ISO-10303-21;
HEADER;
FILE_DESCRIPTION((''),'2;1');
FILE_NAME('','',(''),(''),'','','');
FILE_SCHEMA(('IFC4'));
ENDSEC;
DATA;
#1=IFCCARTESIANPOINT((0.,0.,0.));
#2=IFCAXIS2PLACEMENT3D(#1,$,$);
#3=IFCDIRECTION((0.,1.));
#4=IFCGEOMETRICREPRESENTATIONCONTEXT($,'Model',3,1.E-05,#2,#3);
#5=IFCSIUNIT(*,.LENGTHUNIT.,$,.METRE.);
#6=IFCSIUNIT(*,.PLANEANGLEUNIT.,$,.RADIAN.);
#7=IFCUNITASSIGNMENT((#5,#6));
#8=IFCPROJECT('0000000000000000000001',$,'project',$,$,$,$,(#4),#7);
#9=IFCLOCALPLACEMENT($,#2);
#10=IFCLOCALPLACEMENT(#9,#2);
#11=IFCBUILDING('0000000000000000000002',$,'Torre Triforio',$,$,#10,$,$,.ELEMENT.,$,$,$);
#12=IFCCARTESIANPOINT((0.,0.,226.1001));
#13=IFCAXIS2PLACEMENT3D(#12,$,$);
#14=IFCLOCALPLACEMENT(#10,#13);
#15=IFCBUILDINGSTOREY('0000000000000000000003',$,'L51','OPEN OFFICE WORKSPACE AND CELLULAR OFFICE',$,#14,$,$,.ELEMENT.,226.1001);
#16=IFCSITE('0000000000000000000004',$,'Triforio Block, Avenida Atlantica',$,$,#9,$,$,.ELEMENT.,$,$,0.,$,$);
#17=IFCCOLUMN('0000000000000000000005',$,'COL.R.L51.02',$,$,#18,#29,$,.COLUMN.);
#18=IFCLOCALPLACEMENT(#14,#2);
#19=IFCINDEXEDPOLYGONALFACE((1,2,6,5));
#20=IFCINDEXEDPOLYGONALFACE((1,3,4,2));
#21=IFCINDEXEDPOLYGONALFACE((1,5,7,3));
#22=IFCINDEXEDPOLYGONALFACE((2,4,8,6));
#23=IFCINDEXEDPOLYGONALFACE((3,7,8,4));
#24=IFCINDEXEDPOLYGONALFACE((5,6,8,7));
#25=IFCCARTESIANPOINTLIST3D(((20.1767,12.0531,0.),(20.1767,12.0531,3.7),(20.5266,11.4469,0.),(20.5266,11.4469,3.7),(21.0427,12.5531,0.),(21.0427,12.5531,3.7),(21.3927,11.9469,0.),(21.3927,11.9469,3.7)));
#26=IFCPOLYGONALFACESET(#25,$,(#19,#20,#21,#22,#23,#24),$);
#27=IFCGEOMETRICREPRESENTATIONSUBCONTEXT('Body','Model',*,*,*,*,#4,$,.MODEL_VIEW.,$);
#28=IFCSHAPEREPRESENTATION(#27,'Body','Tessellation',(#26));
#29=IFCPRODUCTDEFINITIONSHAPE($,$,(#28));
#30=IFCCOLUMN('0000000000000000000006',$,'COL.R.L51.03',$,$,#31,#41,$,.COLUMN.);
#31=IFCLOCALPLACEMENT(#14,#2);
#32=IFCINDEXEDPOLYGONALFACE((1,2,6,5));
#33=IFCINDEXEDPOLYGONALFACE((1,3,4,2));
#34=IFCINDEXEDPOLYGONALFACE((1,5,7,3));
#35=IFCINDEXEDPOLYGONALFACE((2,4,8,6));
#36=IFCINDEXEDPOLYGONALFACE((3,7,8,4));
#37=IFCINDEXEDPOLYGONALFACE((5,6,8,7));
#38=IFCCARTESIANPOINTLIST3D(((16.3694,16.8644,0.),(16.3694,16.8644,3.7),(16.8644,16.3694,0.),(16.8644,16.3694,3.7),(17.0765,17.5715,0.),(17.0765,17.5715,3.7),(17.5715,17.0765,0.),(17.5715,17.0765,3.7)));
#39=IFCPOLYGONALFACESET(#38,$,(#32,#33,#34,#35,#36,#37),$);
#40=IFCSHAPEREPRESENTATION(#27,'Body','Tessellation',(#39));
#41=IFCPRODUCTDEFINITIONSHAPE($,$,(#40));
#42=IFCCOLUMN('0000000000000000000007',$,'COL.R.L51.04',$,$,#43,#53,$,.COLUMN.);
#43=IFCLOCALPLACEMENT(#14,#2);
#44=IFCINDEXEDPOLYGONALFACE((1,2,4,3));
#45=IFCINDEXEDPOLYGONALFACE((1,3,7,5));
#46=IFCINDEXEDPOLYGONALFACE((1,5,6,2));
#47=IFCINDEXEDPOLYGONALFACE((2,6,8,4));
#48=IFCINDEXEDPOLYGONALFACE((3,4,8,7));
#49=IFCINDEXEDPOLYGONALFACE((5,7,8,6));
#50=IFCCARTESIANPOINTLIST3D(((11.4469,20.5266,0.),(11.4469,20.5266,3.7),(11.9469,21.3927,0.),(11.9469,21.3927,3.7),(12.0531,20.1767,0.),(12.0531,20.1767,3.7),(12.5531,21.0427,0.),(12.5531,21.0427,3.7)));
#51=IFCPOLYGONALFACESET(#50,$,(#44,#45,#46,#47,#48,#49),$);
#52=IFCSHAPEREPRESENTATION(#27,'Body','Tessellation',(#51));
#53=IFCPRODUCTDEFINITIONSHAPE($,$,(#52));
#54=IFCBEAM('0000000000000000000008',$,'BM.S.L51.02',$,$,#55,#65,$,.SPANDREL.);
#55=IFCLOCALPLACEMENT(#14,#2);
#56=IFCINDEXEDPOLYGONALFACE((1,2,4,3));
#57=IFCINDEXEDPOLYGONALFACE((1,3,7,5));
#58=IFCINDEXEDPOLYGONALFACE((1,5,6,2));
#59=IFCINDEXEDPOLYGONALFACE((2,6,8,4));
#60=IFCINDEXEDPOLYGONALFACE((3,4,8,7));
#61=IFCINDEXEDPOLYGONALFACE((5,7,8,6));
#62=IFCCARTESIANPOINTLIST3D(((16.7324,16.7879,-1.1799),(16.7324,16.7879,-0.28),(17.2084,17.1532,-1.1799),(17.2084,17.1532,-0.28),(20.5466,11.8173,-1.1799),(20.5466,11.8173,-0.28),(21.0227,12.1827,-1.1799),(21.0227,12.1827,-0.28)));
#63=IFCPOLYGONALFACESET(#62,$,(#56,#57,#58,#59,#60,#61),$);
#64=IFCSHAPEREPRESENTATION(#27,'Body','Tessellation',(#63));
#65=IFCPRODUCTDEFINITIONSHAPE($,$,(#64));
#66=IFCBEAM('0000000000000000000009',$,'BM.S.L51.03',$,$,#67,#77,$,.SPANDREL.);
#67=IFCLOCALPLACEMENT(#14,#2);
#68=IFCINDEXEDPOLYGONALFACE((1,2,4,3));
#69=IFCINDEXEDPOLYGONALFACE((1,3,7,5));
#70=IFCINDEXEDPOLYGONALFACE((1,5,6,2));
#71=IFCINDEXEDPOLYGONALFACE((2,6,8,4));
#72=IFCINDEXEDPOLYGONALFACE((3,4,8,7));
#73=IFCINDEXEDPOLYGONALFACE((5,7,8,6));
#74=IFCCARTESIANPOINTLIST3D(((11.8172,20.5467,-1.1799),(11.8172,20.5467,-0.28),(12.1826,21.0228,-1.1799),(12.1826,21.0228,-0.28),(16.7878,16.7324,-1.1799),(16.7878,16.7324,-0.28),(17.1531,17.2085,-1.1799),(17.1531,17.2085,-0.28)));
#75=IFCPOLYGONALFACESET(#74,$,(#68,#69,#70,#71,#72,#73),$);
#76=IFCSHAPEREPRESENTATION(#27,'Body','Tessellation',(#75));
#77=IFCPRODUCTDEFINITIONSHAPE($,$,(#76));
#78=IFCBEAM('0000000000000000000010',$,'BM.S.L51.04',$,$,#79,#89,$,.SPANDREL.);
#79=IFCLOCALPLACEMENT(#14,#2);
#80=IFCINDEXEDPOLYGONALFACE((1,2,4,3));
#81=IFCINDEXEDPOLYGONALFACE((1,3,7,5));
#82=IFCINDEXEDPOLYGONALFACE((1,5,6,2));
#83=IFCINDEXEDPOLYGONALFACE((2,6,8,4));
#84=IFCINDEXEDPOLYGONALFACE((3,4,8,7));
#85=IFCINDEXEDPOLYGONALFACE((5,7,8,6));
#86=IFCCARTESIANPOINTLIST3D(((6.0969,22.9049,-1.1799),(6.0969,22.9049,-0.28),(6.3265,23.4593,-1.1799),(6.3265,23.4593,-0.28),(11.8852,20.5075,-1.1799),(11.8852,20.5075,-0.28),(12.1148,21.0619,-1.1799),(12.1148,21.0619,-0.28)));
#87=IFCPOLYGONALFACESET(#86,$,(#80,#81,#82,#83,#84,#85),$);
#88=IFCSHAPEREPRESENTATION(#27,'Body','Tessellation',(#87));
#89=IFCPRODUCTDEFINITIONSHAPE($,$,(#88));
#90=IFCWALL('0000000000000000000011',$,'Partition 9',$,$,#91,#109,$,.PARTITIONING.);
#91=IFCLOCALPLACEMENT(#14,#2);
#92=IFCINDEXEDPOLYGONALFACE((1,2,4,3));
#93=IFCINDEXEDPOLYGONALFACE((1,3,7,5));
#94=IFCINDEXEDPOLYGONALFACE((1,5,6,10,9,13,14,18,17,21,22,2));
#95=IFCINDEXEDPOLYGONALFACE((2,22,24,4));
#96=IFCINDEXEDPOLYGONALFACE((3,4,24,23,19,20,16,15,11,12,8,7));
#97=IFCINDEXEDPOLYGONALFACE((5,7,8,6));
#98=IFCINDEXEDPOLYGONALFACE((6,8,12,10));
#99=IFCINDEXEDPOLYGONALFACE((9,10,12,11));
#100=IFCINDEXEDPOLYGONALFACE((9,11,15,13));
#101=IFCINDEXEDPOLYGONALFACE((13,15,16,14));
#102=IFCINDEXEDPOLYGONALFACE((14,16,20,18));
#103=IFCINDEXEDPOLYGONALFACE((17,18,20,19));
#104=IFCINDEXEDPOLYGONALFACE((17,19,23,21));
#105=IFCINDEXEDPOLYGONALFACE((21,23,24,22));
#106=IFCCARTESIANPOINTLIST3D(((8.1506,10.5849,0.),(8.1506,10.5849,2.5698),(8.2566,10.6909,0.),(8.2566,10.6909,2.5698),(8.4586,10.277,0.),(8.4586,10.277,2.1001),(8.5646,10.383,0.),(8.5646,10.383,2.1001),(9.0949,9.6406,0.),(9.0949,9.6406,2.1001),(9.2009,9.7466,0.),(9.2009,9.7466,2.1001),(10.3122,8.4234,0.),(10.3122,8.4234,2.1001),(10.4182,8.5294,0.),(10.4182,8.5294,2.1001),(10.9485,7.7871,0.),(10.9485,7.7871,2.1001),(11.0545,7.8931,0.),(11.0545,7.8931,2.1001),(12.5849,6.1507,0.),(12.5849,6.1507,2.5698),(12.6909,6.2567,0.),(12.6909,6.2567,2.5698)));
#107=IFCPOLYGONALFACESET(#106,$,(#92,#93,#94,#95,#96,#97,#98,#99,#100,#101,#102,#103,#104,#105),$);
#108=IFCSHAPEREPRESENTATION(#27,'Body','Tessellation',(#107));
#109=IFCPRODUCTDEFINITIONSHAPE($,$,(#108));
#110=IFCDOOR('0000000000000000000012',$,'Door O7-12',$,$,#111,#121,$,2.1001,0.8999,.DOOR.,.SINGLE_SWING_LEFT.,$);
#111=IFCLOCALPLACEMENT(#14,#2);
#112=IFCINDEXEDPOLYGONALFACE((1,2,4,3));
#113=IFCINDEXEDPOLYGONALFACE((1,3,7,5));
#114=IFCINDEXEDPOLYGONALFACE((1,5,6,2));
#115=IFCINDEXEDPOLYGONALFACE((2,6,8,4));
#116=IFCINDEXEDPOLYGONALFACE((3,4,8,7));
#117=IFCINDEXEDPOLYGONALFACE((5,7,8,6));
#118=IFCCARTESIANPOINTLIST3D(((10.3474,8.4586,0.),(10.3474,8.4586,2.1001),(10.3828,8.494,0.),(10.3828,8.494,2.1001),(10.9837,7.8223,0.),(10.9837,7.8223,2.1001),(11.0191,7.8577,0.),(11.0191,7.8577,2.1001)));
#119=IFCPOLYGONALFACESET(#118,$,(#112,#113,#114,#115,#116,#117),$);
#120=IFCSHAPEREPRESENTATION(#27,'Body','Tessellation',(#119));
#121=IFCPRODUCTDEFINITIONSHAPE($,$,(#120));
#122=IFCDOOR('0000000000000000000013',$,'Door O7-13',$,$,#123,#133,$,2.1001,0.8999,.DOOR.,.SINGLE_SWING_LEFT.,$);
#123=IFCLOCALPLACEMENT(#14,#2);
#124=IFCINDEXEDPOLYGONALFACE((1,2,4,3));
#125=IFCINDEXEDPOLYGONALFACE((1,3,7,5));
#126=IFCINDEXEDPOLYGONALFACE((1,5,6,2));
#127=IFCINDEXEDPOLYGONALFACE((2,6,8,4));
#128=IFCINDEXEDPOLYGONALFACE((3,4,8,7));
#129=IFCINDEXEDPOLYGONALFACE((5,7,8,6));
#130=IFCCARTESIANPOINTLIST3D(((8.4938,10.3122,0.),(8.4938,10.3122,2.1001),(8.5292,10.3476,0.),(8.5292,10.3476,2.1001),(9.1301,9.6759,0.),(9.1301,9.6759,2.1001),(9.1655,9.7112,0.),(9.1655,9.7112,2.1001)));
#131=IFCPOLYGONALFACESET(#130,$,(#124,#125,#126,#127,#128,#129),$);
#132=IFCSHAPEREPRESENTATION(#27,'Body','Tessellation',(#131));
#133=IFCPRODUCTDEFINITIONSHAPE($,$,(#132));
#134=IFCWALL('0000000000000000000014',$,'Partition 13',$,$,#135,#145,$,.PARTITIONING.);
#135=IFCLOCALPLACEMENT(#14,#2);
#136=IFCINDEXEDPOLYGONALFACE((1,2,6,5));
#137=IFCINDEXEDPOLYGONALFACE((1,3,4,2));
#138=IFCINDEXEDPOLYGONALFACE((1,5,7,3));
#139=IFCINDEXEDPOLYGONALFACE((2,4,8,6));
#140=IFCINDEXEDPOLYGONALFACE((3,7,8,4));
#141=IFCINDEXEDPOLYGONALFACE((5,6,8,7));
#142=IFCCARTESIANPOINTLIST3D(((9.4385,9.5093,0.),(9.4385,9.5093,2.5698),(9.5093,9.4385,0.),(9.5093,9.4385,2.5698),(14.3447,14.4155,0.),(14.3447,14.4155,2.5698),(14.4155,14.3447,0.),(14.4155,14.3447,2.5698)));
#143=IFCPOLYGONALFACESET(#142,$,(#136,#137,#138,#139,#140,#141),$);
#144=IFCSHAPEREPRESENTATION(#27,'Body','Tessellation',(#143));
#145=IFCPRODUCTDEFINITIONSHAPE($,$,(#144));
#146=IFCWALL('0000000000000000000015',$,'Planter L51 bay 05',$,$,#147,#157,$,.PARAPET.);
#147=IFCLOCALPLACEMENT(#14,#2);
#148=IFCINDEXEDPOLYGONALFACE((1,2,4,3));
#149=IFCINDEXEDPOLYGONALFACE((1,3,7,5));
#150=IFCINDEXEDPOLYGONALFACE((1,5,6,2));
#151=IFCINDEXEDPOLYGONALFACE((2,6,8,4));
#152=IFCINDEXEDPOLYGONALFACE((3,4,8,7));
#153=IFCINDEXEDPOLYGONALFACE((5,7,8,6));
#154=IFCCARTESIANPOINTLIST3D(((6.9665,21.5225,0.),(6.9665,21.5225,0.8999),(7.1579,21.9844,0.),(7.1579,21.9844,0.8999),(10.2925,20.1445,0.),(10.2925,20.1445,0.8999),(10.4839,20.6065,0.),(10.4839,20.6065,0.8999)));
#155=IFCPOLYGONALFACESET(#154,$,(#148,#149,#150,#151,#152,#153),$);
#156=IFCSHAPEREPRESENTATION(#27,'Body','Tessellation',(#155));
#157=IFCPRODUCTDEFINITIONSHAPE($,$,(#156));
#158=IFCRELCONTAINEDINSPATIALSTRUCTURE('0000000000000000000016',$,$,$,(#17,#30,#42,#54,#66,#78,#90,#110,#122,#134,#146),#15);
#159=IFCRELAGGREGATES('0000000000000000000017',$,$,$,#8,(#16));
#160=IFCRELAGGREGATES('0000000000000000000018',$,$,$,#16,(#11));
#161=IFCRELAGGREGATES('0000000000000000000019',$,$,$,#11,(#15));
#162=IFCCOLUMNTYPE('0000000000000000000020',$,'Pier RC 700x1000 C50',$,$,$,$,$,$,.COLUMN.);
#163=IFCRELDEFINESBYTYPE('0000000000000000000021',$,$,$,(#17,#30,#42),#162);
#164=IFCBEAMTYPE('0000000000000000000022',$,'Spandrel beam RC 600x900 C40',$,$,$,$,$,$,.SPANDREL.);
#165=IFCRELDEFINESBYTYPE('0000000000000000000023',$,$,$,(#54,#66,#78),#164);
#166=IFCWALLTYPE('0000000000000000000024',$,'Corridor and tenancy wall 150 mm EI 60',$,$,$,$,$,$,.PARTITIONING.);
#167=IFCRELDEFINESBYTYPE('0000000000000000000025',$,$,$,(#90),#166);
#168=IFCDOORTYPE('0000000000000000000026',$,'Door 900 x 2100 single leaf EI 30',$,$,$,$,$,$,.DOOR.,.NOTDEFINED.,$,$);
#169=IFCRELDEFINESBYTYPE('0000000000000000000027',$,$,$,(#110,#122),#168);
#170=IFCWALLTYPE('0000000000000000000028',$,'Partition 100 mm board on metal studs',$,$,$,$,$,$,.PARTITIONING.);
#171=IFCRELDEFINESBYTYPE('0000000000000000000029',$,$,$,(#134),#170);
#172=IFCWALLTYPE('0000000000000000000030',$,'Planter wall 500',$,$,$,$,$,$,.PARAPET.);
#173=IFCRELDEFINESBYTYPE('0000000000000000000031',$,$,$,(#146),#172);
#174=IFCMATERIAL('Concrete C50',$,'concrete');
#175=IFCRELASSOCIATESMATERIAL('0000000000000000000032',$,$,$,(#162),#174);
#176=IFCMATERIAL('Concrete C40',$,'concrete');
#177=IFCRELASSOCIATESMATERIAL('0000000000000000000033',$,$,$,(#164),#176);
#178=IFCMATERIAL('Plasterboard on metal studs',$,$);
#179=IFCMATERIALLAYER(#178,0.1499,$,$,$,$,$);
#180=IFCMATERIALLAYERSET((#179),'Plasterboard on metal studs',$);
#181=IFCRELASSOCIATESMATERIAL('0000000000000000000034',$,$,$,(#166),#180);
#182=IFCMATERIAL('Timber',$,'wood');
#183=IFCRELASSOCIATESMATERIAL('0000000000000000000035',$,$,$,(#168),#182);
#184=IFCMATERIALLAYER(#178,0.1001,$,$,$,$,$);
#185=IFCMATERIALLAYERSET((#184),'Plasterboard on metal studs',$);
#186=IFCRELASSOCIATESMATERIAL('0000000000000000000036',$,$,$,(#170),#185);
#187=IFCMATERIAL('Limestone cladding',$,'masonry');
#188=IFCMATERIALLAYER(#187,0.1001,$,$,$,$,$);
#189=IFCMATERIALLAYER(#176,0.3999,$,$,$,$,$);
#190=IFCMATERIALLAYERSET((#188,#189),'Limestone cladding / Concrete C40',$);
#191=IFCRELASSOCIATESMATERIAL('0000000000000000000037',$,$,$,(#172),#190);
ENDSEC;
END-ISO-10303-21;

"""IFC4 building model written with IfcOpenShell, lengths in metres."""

from ifc_helpers import new_model, si_unit, direction, frame, frame_2d, origin, origin_2d, place, context, subcontext, project, spatial, rectangle, extrude, material, layer, layer_set, material_profile, profile_set, type_object, element, fill, save


model = new_model("IFC4")

# Units and contexts
model_context = context("Model", 3, precision=1e-05, world=origin(), true_north=direction((0.0, 1.0)))
body_context = subcontext(model_context, "Body", "Model", "MODEL_VIEW")
ifc_project = project(units=[si_unit("LENGTHUNIT", "METRE"), si_unit("PLANEANGLEUNIT", "RADIAN")], contexts=[model_context])

# Site, building, storey
site_placement = place(None, origin())
site = spatial("IfcSite", under=ifc_project, at=site_placement, Name="Triforio Block, Avenida Atlantica", CompositionType="ELEMENT", RefElevation=0.0)
building_placement = place(site_placement, origin())
building = spatial("IfcBuilding", under=site, at=building_placement, Name="Torre Triforio", CompositionType="ELEMENT")
storey_placement = place(building_placement, frame((0.0, 0.0, 226.1001)))
storey = spatial("IfcBuildingStorey", under=building, at=storey_placement, Name="L51", Description="OPEN OFFICE WORKSPACE AND CELLULAR OFFICE", CompositionType="ELEMENT", Elevation=226.1001)

# Columns
ifc_material_1 = material(Name="Concrete C50", Category="concrete")
ifc_material_profile_1 = material_profile(ifc_material_1, rectangle(XDim=0.7, YDim=1.0, at=origin_2d()), Name="RC 700x1000")
ifc_profile_set_1 = profile_set([ifc_material_profile_1], Name="Concrete C50")
column_type = type_object("IfcColumnType", Name="Pier RC 700x1000 C50", PredefinedType="COLUMN", material=ifc_profile_set_1)
for number, where, z_axis, x_axis, name in (
    (1, (20.7847, 12.0, 0.0), (0.0, 0.0, 1.0), (-0.5, 0.866025, 0.0), "COL.R.L51.02"),
    (2, (16.9705, 16.9705, 0.0), (0.0, 0.0, 1.0), (-0.707107, 0.707107, 0.0), "COL.R.L51.03"),
    (3, (12.0, 20.7847, 0.0), (0.0, 0.0, 1.0), (-0.866025, 0.5, 0.0), "COL.R.L51.04"),
):
    element("IfcColumn", number, at=place(storey_placement, frame(where, z_axis=z_axis, x_axis=x_axis)), inside=storey, type_object=column_type, Name=name, PredefinedType="COLUMN", context=body_context, shape_type="SweptSolid", body=[
        extrude(rectangle(XDim=0.7, YDim=1.0, at=origin_2d()), origin(), (0.0, 0.0, 1.0), 3.7),
    ])

# Beams
ifc_material_2 = material(Name="Concrete C40", Category="concrete")
ifc_material_profile_2 = material_profile(ifc_material_2, rectangle(XDim=0.6001, YDim=0.8999, at=origin_2d()), Name="RC 600x900")
ifc_profile_set_2 = profile_set([ifc_material_profile_2], Name="Concrete C40")
beam_type = type_object("IfcBeamType", Name="Spandrel beam RC 600x900 C40", PredefinedType="SPANDREL", material=ifc_profile_set_2)
for number, where, z_axis, x_axis, name in (
    (4, (20.7847, 12.0, -0.73), (-0.608786, 0.793335, 0.0), (-0.793335, -0.608786, 0.0), "BM.S.L51.02"),
    (5, (16.9705, 16.9705, -0.73), (-0.793335, 0.608786, 0.0), (-0.608786, -0.793335, 0.0), "BM.S.L51.03"),
):
    element("IfcBeam", number, at=place(storey_placement, frame(where, z_axis=z_axis, x_axis=x_axis)), inside=storey, type_object=beam_type, Name=name, PredefinedType="SPANDREL", context=body_context, shape_type="SweptSolid", body=[
        extrude(rectangle(XDim=0.6001, YDim=0.8999, at=origin_2d()), origin(), (0.0, 0.0, 1.0), 6.2654),
    ])
beam_placement = place(storey_placement, frame((12.0, 20.7847, -0.73), z_axis=(-0.923888, 0.382664, 0.0), x_axis=(-0.382664, -0.923888, 0.0)))
element("IfcBeam", 6, at=beam_placement, inside=storey, type_object=beam_type, Name="BM.S.L51.04", PredefinedType="SPANDREL", context=body_context, shape_type="SweptSolid", body=[
    extrude(rectangle(XDim=0.6001, YDim=0.8999, at=origin_2d()), origin(), (0.0, 0.0, 1.0), 6.2651),
])

# Wall, openings, doors
ifc_material_3 = material(Name="Plasterboard on metal studs")
ifc_layer_1 = layer(ifc_material_3, 0.1499)
ifc_layer_set_1 = layer_set([ifc_layer_1], Name="Plasterboard on metal studs")
wall_type_1 = type_object("IfcWallType", Name="Corridor and tenancy wall 150 mm EI 60", PredefinedType="PARTITIONING", material=ifc_layer_set_1)
wall_1_placement = place(storey_placement, frame((8.2036, 10.6379, 0.0), z_axis=(0.0, 0.0, 1.0), x_axis=(0.707107, -0.707107, 0.0)))
wall_1 = element("IfcWall", 7, at=wall_1_placement, inside=storey, type_object=wall_type_1, Name="Partition 9", PredefinedType="PARTITIONING", context=body_context, shape_type="SweptSolid", body=[
    extrude(rectangle(XDim=6.271, YDim=0.1499, at=frame_2d((3.1355, 0.0))), origin(), (0.0, 0.0, 1.0), 2.5698),
])
opening_1_placement = place(wall_1_placement, frame((3.0569, 0.0, 0.0)))
opening_1 = element("IfcOpeningElement", 8, at=opening_1_placement, cuts=wall_1, PredefinedType="OPENING", context=body_context, shape_type="SweptSolid", body=[
    extrude(rectangle(XDim=0.8999, YDim=2.1001, at=frame_2d((0.45, 1.05))), frame((0.0, 0.085, 0.0), z_axis=(0.0, -1.0, 0.0), x_axis=(1.0, 0.0, 0.0)), (0.0, 0.0, 1.0), 0.1699),
])
opening_2_placement = place(wall_1_placement, frame((0.4355, 0.0, 0.0)))
opening_2 = element("IfcOpeningElement", 9, at=opening_2_placement, cuts=wall_1, PredefinedType="OPENING", context=body_context, shape_type="SweptSolid", body=[
    extrude(rectangle(XDim=0.8999, YDim=2.1001, at=frame_2d((0.45, 1.05))), frame((0.0, 0.085, 0.0), z_axis=(0.0, -1.0, 0.0), x_axis=(1.0, 0.0, 0.0)), (0.0, 0.0, 1.0), 0.1699),
])
ifc_material_4 = material(Name="Timber", Category="wood")
door_type_1 = type_object("IfcDoorType", Name="Door 900 x 2100 single leaf EI 30", OperationType="NOTDEFINED", PredefinedType="DOOR", material=ifc_material_4)
door_1_placement = place(opening_1_placement, origin())
door_1 = element("IfcDoor", 10, at=door_1_placement, inside=storey, type_object=door_type_1, Name="Door O7-12", OperationType="SINGLE_SWING_LEFT", OverallHeight=2.1001, OverallWidth=0.8999, PredefinedType="DOOR", context=body_context, shape_type="SweptSolid", body=[
    extrude(rectangle(XDim=0.8999, YDim=2.1001, at=frame_2d((0.45, 1.05))), frame((0.0, 0.0249, 0.0), z_axis=(0.0, -1.0, 0.0), x_axis=(1.0, 0.0, 0.0)), (0.0, 0.0, 1.0), 0.05),
])
fill(opening_1, door_1)
door_2_placement = place(opening_2_placement, origin())
door_2 = element("IfcDoor", 11, at=door_2_placement, inside=storey, type_object=door_type_1, Name="Door O7-13", OperationType="SINGLE_SWING_LEFT", OverallHeight=2.1001, OverallWidth=0.8999, PredefinedType="DOOR", context=body_context, shape_type="SweptSolid", body=[
    extrude(rectangle(XDim=0.8999, YDim=2.1001, at=frame_2d((0.45, 1.05))), frame((0.0, 0.0249, 0.0), z_axis=(0.0, -1.0, 0.0), x_axis=(1.0, 0.0, 0.0)), (0.0, 0.0, 1.0), 0.05),
])
fill(opening_2, door_2)

# Walls
ifc_layer_2 = layer(ifc_material_3, 0.1001)
ifc_layer_set_2 = layer_set([ifc_layer_2], Name="Plasterboard on metal studs")
wall_type_2 = type_object("IfcWallType", Name="Partition 100 mm board on metal studs", PredefinedType="PARTITIONING", material=ifc_layer_set_2)
wall_2_placement = place(storey_placement, frame((9.4739, 9.4739, 0.0), z_axis=(0.0, 0.0, 1.0), x_axis=(0.707107, 0.707107, 0.0)))
element("IfcWall", 12, at=wall_2_placement, inside=storey, type_object=wall_type_2, Name="Partition 13", PredefinedType="PARTITIONING", context=body_context, shape_type="SweptSolid", body=[
    extrude(rectangle(XDim=6.9385, YDim=0.1001, at=frame_2d((3.4692, 0.0))), origin(), (0.0, 0.0, 1.0), 2.5698),
])
ifc_material_5 = material(Name="Limestone cladding", Category="masonry")
ifc_layer_3 = layer(ifc_material_5, 0.1001)
ifc_layer_4 = layer(ifc_material_2, 0.3999)
ifc_layer_set_3 = layer_set([ifc_layer_3, ifc_layer_4], Name="Limestone cladding / Concrete C40")
wall_type_3 = type_object("IfcWallType", Name="Planter wall 500", PredefinedType="PARAPET", material=ifc_layer_set_3)
wall_3_placement = place(storey_placement, frame((10.3882, 20.3755, 0.0), z_axis=(0.0, 0.0, 1.0), x_axis=(-0.923852, 0.382751, 0.0)))
element("IfcWall", 13, at=wall_3_placement, inside=storey, type_object=wall_type_3, Name="Planter L51 bay 05", PredefinedType="PARAPET", context=body_context, shape_type="SweptSolid", body=[
    extrude(rectangle(XDim=3.6001, YDim=0.5, at=frame_2d((1.8, 0.0))), origin(), (0.0, 0.0, 1.0), 0.8999),
])

save(model, "model.ifc")
